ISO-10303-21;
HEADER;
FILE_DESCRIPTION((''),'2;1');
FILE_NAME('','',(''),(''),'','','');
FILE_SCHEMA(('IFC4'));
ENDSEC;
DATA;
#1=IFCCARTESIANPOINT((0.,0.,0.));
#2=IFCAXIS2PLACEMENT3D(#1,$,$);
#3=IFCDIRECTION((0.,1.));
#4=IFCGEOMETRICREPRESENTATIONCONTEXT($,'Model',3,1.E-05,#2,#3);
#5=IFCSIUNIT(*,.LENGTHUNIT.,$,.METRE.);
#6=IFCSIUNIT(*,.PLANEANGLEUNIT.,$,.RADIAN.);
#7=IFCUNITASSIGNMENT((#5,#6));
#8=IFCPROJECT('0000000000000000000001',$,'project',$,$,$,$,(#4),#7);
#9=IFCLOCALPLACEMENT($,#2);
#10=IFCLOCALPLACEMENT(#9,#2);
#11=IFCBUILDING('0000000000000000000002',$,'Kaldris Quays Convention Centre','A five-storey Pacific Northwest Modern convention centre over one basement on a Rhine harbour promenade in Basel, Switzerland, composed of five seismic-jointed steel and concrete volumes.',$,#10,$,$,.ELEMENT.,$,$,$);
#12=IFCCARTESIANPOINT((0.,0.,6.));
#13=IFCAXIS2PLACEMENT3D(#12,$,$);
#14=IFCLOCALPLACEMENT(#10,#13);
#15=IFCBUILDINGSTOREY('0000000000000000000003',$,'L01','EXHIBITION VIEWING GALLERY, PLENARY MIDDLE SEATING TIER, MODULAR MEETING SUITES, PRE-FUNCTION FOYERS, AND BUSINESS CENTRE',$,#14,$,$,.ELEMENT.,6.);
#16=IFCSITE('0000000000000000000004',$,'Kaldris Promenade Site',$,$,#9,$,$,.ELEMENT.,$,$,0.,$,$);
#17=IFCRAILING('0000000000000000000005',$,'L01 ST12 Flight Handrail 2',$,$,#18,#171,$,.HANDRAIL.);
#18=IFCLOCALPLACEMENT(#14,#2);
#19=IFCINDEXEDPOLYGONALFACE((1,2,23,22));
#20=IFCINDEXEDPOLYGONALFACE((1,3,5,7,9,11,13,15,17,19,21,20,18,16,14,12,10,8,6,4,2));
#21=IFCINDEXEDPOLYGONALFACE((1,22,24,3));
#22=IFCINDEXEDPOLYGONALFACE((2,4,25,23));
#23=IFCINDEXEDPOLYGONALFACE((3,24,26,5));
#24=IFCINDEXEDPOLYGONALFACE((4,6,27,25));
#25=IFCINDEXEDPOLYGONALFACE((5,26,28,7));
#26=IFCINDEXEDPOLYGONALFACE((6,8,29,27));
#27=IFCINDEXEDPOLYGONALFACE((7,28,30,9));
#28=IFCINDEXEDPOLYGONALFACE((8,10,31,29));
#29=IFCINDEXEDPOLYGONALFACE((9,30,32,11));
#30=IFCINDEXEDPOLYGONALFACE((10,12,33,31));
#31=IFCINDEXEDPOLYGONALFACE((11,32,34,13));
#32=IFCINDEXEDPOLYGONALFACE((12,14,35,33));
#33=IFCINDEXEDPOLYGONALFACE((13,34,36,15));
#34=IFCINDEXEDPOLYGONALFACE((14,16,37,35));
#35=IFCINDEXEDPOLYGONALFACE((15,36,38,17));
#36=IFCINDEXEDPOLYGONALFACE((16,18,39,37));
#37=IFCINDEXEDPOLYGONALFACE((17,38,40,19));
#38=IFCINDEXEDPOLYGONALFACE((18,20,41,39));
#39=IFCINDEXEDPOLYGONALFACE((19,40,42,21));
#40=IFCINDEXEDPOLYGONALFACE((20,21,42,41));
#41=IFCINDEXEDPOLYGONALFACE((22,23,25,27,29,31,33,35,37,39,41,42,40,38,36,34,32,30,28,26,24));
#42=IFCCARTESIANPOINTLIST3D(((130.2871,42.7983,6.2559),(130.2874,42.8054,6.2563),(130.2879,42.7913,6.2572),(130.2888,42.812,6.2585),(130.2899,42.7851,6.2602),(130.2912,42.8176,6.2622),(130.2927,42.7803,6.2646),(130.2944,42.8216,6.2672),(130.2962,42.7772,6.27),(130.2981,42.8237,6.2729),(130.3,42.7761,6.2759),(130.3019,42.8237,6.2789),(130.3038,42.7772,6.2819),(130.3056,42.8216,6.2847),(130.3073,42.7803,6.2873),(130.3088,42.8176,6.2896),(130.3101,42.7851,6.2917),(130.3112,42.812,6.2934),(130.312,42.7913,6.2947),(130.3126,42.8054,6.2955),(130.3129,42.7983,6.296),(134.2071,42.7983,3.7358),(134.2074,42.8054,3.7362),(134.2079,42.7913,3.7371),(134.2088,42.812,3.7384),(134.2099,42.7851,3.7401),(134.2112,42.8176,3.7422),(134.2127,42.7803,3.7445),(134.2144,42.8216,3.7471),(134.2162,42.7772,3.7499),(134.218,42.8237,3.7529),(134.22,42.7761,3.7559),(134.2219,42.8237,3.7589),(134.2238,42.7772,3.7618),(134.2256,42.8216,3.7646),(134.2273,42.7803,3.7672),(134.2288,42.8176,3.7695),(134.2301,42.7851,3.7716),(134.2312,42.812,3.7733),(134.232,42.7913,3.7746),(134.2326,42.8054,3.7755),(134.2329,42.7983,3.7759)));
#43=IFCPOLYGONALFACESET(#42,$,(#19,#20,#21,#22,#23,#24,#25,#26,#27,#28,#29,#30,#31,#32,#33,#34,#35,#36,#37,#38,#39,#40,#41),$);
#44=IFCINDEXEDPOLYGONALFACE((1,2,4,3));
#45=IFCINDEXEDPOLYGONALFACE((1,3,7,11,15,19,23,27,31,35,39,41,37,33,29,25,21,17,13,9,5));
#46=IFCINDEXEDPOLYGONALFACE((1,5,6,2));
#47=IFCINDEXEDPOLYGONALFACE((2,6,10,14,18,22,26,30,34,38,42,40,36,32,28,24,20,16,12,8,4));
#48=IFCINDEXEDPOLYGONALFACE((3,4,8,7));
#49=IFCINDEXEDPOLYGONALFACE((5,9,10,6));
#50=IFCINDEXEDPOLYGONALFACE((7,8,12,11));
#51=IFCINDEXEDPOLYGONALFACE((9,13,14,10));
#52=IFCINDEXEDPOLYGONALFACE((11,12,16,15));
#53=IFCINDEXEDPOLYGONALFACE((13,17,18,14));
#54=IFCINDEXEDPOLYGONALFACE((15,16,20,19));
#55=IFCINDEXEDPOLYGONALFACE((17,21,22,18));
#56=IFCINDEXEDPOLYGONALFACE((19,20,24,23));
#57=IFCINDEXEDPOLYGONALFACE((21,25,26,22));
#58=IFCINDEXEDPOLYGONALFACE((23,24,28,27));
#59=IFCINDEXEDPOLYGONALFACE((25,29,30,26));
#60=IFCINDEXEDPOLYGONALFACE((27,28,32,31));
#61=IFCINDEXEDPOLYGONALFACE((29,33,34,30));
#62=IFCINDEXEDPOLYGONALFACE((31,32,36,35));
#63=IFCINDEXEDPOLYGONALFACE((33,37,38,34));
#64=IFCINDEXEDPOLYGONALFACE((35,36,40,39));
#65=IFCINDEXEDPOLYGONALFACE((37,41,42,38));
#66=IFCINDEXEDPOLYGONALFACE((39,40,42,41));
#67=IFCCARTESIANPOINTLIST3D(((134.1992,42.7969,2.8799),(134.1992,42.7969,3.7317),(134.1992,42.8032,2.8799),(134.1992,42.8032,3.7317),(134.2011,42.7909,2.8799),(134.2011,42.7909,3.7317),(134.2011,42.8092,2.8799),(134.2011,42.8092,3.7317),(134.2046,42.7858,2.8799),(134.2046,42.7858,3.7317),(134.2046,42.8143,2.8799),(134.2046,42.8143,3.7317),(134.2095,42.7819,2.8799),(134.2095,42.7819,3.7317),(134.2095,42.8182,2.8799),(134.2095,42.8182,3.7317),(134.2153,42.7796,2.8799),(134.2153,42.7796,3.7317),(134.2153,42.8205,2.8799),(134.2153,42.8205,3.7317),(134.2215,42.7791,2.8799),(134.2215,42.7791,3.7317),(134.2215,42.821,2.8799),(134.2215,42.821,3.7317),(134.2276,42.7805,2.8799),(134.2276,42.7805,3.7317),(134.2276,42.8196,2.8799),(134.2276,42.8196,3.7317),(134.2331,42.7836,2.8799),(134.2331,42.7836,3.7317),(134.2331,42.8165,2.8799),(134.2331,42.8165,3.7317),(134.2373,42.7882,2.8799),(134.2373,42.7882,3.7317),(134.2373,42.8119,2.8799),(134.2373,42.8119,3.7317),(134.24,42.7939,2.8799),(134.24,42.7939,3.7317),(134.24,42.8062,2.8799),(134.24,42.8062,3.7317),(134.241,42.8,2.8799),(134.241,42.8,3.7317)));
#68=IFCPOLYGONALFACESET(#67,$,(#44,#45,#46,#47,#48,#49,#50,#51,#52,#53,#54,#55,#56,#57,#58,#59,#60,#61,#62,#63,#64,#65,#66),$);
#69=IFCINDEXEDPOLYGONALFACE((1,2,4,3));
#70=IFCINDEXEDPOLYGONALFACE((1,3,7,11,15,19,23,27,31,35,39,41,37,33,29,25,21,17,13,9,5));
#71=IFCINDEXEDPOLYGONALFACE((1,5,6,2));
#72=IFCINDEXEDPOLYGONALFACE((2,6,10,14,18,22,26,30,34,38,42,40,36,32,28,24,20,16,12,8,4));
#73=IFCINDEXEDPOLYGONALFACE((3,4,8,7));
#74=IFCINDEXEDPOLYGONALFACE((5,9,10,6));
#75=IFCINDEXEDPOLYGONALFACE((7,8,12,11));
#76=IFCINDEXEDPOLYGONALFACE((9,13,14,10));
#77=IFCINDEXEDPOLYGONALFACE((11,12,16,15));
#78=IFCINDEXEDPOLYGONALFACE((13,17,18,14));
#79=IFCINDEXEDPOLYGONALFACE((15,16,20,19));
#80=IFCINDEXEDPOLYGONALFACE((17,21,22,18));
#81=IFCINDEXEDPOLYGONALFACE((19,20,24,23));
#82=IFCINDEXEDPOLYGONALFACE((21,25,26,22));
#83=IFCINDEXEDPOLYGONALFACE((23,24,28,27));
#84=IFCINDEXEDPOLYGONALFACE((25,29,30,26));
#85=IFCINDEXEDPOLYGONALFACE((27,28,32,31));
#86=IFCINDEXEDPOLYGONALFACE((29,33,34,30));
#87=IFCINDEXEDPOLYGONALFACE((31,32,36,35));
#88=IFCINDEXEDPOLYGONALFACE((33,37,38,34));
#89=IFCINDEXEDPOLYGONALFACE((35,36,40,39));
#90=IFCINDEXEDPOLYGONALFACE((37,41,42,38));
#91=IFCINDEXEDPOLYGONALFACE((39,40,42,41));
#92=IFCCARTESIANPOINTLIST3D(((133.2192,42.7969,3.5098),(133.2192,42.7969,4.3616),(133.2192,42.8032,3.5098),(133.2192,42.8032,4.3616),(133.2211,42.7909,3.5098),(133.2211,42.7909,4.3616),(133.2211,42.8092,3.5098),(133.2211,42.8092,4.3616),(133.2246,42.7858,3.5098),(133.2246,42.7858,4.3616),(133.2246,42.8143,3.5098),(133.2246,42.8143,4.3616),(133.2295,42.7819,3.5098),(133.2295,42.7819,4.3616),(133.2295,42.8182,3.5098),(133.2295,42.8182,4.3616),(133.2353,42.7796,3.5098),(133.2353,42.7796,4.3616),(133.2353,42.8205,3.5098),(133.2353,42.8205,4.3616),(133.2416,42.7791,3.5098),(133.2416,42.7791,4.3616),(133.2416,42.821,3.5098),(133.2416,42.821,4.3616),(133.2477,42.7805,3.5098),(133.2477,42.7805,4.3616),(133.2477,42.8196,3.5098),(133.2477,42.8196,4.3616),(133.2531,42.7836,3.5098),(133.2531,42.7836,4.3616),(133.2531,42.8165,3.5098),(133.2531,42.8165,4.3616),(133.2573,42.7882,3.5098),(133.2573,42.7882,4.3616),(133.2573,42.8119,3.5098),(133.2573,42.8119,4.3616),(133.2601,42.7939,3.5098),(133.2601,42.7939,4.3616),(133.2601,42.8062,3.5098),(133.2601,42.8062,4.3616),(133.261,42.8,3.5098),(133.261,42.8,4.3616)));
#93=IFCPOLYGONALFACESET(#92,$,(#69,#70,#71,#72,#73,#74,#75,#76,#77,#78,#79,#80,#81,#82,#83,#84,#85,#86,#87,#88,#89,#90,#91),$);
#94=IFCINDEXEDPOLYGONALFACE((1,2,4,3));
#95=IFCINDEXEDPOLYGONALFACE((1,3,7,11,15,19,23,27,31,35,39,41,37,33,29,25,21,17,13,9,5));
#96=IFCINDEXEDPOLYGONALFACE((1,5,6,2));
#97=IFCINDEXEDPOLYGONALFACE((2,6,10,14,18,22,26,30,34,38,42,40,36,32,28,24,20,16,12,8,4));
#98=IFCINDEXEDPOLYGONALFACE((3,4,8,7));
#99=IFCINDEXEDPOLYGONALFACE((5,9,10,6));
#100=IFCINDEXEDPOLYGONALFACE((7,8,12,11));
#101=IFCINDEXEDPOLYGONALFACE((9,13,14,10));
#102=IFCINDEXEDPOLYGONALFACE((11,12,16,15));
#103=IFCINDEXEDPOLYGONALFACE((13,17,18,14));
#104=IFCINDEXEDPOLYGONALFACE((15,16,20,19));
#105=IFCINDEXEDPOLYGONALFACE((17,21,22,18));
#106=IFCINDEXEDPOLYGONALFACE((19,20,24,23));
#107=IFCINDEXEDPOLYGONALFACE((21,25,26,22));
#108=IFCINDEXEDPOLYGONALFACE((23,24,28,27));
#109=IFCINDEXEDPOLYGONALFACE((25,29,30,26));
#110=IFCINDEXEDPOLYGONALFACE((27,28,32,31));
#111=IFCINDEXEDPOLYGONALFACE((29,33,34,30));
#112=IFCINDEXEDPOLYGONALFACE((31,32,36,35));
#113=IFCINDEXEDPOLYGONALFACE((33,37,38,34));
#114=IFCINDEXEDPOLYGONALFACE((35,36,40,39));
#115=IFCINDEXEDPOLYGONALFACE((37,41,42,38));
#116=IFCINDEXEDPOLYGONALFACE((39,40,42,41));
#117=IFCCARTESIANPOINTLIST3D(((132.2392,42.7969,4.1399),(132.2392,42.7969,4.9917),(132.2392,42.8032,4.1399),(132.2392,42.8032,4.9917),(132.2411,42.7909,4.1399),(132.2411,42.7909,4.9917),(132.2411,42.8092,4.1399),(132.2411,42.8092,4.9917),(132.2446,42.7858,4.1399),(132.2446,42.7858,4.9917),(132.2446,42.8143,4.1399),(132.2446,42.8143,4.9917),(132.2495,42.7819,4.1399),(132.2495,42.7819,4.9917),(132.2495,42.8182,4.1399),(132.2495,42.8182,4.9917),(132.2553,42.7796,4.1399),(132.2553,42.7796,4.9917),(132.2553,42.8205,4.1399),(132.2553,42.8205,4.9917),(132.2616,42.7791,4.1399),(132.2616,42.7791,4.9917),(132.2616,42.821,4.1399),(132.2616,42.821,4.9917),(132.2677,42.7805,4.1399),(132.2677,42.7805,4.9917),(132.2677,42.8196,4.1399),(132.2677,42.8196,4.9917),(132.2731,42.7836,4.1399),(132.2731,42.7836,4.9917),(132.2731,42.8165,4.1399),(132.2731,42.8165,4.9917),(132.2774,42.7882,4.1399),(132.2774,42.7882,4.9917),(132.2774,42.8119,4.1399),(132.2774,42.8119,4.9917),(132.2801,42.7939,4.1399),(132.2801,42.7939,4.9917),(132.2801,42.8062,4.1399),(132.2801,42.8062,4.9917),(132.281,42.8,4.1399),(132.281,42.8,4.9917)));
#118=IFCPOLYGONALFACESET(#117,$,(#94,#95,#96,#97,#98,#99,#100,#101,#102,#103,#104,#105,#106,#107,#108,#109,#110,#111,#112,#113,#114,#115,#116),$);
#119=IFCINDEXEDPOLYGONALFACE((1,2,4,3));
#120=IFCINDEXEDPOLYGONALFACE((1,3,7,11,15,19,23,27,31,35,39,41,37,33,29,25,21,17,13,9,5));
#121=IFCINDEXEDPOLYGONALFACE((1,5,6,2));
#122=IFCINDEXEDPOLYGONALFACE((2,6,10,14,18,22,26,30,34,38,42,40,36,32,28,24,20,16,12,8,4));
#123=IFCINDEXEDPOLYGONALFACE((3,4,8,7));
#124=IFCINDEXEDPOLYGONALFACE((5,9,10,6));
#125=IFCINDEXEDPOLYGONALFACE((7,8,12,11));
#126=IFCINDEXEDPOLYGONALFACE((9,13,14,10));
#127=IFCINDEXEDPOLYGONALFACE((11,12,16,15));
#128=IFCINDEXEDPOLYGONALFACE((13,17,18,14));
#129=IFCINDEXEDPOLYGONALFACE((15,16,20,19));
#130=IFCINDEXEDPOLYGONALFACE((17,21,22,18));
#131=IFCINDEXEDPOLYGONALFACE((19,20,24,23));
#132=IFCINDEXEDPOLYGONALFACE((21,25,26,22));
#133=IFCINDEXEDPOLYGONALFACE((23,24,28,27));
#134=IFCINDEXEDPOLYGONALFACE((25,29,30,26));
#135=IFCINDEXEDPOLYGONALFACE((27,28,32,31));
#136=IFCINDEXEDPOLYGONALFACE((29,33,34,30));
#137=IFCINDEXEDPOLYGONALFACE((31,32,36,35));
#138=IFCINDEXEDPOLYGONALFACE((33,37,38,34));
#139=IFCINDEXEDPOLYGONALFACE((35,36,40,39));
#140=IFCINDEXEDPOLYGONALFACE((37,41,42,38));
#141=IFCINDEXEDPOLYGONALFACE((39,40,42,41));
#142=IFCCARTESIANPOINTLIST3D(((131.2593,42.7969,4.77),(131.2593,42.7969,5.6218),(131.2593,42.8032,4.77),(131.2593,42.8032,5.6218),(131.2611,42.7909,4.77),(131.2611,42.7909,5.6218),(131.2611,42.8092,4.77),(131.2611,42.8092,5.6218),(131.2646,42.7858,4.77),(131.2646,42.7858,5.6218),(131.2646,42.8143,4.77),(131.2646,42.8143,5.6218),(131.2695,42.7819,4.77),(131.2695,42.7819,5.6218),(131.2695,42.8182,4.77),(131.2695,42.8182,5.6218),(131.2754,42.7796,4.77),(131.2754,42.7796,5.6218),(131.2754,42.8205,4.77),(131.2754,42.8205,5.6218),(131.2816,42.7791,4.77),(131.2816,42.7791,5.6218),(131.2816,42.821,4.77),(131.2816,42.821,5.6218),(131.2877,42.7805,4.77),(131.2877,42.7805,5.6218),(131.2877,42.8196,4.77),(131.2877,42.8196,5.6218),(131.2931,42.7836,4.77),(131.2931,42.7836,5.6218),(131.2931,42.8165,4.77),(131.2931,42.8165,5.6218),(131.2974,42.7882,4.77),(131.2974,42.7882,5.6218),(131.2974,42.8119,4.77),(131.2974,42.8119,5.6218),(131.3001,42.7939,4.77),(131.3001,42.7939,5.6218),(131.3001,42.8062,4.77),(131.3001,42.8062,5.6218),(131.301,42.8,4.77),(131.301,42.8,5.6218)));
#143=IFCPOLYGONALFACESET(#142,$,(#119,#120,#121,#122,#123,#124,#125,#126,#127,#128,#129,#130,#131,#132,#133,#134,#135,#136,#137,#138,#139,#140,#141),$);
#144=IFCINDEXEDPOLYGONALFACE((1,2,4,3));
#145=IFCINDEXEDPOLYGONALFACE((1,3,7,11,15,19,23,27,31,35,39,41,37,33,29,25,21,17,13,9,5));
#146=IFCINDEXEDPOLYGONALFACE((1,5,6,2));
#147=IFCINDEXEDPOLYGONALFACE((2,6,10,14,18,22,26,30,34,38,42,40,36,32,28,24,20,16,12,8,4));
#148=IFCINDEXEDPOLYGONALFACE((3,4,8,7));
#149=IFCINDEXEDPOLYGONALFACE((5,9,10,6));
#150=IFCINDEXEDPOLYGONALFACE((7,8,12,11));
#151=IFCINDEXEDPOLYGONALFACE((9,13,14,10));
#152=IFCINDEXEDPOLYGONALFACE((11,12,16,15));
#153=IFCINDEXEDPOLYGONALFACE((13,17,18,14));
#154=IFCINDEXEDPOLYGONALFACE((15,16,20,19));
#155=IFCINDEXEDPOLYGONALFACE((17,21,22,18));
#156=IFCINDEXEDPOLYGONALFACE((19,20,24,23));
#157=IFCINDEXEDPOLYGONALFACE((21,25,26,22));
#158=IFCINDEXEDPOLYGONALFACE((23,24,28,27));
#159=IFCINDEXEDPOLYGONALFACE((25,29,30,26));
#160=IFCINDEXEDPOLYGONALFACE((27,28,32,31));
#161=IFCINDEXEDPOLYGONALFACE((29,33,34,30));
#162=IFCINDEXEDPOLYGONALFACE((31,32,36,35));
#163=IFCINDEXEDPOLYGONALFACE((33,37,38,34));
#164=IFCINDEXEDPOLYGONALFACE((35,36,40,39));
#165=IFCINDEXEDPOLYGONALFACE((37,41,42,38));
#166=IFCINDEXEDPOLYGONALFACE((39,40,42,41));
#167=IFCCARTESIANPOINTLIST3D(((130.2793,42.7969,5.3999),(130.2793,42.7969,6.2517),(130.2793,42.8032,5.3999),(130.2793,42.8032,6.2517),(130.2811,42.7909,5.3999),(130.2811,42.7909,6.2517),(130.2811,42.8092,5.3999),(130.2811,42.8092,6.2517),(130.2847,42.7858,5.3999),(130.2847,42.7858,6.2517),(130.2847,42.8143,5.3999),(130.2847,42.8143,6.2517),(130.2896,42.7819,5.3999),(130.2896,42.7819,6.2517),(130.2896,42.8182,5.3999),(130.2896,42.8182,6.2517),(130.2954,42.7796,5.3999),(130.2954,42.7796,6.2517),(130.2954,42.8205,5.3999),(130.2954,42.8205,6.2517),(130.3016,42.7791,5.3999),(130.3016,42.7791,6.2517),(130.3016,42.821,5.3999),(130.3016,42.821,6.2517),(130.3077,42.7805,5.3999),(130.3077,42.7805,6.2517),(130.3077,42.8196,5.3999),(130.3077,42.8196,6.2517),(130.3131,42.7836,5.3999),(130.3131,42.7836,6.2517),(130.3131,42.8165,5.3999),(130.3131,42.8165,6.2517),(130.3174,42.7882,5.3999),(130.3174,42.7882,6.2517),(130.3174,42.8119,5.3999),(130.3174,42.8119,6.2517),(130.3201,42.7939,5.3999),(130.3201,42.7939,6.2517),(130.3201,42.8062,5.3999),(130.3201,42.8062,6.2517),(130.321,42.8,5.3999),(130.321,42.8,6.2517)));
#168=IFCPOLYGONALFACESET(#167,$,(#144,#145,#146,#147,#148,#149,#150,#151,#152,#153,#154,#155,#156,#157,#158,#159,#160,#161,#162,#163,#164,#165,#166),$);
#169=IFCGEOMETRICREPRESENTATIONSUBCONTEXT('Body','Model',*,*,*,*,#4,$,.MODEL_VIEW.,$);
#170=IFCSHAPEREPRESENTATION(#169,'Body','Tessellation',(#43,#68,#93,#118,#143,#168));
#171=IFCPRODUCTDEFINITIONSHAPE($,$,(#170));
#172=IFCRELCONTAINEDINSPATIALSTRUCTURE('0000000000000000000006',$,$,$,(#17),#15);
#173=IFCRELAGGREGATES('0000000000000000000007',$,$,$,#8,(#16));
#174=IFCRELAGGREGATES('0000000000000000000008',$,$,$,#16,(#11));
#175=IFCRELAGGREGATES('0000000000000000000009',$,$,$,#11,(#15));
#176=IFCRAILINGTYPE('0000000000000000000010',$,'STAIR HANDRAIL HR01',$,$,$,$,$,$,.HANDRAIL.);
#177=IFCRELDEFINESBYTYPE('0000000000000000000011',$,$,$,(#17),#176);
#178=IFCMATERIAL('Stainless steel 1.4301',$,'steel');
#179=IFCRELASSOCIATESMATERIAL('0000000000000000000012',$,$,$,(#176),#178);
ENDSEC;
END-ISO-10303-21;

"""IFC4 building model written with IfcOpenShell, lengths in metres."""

from ifc_helpers import new_model, si_unit, direction, frame, origin, origin_2d, place, context, subcontext, project, spatial, circle, extrude, material, type_object, element, save


model = new_model("IFC4")

# Units and contexts
model_context = context("Model", 3, precision=1e-05, world=origin(), true_north=direction((0.0, 1.0)))
body_context = subcontext(model_context, "Body", "Model", "MODEL_VIEW")
ifc_project = project(units=[si_unit("LENGTHUNIT", "METRE"), si_unit("PLANEANGLEUNIT", "RADIAN")], contexts=[model_context])

# Site, building, storey
site_placement = place(None, origin())
site = spatial("IfcSite", under=ifc_project, at=site_placement, Name="Kaldris Promenade Site", CompositionType="ELEMENT", RefElevation=0.0)
building_placement = place(site_placement, origin())
building = spatial("IfcBuilding", under=site, at=building_placement, Name="Kaldris Quays Convention Centre", Description="A five-storey Pacific Northwest Modern convention centre over one basement on a Rhine harbour promenade in Basel, Switzerland, composed of five seismic-jointed steel and concrete volumes.", CompositionType="ELEMENT")
storey_placement = place(building_placement, frame((0.0, 0.0, 6.0)))
storey = spatial("IfcBuildingStorey", under=building, at=storey_placement, Name="L01", Description="EXHIBITION VIEWING GALLERY, PLENARY MIDDLE SEATING TIER, MODULAR MEETING SUITES, PRE-FUNCTION FOYERS, AND BUSINESS CENTRE", CompositionType="ELEMENT", Elevation=6.0)

# Railing
ifc_material_1 = material(Name="Stainless steel 1.4301", Category="steel")
railing_type_1 = type_object("IfcRailingType", Name="STAIR HANDRAIL HR01", PredefinedType="HANDRAIL", material=ifc_material_1)
railing_1_placement = place(storey_placement, frame((134.22, 42.8, 2.8799)))
element("IfcRailing", 1, at=railing_1_placement, inside=storey, type_object=railing_type_1, Name="L01 ST12 Flight Handrail 2", PredefinedType="HANDRAIL", context=body_context, shape_type="SweptSolid", body=[
    extrude(circle(Radius=0.0239, at=origin_2d()), frame((0.0, 0.0, 0.876), z_axis=(-0.841172, 0.0, 0.540768), x_axis=(0.0, -1.0, 0.0)), (0.0, 0.0, 1.0), 4.6602),
    extrude(circle(Radius=0.021, at=origin_2d()), origin(), (0.0, 0.0, 1.0), 0.8518),
    extrude(circle(Radius=0.021, at=origin_2d()), frame((-0.98, 0.0, 0.6299)), (0.0, 0.0, 1.0), 0.8518),
    extrude(circle(Radius=0.021, at=origin_2d()), frame((-1.96, 0.0, 1.26)), (0.0, 0.0, 1.0), 0.8518),
    extrude(circle(Radius=0.021, at=origin_2d()), frame((-2.9399, 0.0, 1.8901)), (0.0, 0.0, 1.0), 0.8518),
    extrude(circle(Radius=0.021, at=origin_2d()), frame((-3.9199, 0.0, 2.52)), (0.0, 0.0, 1.0), 0.8518),
])

save(model, "model.ifc")
